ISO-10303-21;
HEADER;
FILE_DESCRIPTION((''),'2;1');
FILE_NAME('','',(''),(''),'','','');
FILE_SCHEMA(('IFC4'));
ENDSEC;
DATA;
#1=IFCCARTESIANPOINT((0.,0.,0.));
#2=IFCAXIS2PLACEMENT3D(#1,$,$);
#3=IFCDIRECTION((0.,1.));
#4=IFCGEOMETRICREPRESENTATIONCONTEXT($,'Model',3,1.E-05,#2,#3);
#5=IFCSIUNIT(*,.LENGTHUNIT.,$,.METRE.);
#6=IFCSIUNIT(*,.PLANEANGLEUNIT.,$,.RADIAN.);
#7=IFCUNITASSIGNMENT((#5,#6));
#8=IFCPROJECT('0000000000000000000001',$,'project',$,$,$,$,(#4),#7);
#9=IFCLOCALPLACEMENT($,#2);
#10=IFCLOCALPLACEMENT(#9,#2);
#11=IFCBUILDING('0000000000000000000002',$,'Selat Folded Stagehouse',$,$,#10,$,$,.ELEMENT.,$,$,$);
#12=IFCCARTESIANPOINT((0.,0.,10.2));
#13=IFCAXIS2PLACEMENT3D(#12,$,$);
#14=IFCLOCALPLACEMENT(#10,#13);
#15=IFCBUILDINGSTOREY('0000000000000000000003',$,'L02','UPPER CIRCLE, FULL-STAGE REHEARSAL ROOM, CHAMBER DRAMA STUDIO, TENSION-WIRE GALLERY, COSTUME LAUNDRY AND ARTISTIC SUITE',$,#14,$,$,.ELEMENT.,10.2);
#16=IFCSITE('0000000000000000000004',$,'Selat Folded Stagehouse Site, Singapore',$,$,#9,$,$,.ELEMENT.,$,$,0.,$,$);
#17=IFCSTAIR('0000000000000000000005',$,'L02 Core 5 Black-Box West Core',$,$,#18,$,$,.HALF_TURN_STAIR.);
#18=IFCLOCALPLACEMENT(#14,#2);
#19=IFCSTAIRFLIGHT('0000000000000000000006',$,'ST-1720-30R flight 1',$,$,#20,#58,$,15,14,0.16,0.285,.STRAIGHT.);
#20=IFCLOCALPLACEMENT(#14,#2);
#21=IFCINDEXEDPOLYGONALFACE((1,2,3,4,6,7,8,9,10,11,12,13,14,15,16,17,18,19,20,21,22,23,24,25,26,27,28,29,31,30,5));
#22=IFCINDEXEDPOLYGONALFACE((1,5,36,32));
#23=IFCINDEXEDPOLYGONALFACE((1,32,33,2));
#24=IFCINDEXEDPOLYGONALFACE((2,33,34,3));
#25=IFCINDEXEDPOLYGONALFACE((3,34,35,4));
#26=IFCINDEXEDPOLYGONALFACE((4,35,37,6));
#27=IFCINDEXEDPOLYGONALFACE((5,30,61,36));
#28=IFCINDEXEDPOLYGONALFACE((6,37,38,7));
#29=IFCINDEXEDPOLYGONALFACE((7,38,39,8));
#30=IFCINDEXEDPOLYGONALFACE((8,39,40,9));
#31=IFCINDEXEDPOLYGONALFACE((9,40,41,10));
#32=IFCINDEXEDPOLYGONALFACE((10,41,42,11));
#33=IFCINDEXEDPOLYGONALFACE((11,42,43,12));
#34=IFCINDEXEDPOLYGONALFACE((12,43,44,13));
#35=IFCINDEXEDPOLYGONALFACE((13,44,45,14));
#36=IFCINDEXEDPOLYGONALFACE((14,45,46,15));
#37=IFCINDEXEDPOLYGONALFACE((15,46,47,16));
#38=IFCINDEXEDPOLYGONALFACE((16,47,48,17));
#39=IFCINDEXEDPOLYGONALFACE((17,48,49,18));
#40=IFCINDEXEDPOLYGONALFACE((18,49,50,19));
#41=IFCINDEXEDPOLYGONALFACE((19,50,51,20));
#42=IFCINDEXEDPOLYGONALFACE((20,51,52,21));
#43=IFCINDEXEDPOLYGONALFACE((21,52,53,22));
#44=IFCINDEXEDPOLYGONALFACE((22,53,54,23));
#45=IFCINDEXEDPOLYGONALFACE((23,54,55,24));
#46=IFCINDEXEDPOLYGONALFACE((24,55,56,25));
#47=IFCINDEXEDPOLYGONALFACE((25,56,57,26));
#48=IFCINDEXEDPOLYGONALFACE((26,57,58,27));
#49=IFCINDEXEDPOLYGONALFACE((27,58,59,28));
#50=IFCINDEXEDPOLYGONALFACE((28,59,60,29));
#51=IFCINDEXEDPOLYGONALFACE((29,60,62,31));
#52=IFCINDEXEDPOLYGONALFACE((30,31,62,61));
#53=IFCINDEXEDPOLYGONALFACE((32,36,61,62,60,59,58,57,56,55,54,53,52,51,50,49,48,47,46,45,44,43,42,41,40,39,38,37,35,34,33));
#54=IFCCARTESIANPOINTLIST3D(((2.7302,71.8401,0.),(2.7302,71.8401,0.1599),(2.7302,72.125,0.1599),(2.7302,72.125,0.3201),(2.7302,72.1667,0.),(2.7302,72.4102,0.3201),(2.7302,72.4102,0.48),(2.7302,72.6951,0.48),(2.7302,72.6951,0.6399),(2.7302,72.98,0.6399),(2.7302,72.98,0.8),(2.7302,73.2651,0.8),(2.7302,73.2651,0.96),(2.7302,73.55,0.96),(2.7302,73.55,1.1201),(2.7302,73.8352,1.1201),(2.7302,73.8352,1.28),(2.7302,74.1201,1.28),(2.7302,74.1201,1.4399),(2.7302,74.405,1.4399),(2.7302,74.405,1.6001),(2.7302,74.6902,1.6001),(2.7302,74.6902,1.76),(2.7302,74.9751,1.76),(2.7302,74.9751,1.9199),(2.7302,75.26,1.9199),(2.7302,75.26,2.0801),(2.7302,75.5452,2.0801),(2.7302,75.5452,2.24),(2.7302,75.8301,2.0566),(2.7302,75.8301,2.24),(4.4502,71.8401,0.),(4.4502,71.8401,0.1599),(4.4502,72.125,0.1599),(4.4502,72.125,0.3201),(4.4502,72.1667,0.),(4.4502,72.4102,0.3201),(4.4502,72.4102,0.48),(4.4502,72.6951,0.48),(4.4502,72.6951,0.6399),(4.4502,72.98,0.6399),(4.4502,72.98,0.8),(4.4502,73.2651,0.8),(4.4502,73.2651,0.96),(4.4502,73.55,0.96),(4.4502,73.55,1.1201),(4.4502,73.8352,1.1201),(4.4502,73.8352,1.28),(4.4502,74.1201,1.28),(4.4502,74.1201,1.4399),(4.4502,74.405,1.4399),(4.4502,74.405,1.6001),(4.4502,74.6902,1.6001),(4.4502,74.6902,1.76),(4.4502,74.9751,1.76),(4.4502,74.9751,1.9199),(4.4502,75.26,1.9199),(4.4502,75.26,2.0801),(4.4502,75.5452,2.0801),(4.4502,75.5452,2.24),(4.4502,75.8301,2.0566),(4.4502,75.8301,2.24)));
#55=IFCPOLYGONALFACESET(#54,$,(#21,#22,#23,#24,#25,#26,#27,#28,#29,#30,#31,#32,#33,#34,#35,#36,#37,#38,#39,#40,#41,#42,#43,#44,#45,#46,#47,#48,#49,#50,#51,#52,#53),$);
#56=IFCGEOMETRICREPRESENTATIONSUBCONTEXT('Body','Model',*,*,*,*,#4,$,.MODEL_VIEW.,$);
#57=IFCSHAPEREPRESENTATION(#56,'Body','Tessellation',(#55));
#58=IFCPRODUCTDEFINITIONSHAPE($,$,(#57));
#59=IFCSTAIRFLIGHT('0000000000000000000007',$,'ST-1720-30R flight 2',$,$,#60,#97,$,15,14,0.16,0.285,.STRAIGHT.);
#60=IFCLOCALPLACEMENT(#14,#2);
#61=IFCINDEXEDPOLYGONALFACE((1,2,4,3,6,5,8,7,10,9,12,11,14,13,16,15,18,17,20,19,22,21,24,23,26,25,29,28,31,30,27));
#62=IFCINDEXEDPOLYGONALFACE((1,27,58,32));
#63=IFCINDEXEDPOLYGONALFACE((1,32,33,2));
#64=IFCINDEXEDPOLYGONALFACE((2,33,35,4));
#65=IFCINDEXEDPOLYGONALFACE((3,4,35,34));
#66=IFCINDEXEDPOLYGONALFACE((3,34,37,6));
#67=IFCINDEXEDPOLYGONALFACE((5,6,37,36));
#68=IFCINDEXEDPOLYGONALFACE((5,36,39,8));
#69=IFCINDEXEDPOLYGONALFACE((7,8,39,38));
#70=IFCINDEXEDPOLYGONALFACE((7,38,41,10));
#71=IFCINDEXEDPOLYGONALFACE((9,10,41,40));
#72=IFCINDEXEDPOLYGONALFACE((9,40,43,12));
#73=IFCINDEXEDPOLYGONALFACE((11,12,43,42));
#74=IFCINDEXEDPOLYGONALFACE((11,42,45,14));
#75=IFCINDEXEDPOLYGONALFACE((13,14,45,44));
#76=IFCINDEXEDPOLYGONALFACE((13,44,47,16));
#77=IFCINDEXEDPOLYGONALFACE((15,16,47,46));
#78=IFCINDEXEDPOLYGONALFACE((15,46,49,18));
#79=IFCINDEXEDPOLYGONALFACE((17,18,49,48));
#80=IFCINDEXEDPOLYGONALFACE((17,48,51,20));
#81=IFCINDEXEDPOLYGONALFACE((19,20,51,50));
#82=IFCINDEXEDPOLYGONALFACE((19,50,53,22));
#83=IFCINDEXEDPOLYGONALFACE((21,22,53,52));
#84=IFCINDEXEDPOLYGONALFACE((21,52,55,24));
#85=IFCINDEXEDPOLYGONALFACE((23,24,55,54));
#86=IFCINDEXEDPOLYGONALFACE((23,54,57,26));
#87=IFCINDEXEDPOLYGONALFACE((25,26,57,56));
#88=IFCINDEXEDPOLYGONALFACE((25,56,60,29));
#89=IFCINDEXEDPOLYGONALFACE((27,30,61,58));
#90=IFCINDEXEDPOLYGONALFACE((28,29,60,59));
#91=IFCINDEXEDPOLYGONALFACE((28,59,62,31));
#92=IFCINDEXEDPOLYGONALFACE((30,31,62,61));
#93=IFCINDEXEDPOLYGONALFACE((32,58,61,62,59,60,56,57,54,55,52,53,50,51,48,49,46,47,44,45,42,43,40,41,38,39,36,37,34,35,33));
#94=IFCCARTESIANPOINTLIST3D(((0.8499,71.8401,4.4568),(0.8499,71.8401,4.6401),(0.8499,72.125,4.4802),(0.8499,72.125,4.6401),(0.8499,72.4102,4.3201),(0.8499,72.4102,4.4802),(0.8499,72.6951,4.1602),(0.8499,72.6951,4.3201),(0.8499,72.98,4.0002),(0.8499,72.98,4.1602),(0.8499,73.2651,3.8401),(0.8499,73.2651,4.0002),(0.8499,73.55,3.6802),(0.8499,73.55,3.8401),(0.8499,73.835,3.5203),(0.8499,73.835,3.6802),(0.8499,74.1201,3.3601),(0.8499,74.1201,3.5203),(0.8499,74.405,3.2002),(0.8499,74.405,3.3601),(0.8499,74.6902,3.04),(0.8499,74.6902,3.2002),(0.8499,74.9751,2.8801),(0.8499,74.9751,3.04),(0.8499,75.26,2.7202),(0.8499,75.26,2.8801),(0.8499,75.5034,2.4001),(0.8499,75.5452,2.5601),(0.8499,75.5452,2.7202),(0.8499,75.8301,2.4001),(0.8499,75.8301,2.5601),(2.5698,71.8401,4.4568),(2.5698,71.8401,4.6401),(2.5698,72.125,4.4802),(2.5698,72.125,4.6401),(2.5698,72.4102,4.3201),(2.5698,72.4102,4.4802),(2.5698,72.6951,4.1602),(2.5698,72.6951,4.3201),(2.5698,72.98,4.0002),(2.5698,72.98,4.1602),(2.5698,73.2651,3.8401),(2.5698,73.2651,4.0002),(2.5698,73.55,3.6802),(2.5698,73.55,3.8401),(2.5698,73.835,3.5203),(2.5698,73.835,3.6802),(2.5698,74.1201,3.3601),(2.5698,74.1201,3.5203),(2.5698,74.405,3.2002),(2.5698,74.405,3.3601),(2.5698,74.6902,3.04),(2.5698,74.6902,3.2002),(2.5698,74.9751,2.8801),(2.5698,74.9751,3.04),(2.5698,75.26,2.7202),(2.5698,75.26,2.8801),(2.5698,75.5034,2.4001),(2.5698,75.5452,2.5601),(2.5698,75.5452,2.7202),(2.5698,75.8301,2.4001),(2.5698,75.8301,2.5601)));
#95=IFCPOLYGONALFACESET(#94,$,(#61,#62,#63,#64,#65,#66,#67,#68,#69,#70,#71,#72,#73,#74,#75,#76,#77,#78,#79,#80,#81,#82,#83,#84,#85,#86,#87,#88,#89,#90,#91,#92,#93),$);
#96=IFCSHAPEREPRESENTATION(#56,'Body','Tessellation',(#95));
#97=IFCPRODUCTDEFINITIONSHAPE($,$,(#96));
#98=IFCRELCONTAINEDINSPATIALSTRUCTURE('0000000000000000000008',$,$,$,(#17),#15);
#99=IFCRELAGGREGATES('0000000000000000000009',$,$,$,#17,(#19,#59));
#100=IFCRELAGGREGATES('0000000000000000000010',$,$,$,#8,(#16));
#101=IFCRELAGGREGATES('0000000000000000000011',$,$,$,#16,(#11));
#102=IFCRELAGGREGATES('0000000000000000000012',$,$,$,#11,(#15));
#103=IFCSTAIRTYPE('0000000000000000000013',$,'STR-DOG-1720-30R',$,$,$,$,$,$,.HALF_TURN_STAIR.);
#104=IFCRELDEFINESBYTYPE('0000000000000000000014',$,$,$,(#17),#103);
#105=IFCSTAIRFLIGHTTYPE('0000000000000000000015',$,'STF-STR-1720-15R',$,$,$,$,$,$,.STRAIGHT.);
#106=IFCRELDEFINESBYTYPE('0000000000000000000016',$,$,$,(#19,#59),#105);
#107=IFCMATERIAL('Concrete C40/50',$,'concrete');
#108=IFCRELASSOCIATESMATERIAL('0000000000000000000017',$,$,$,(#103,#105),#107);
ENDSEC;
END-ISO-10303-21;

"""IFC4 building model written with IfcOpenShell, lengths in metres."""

from ifc_helpers import new_model, si_unit, direction, frame, origin, place, context, subcontext, project, spatial, polyline, outline, extrude, material, type_object, element, aggregate, save


model = new_model("IFC4")

# Units and contexts
model_context = context("Model", 3, precision=1e-05, world=origin(), true_north=direction((0.0, 1.0)))
body_context = subcontext(model_context, "Body", "Model", "MODEL_VIEW")
ifc_project = project(units=[si_unit("LENGTHUNIT", "METRE"), si_unit("PLANEANGLEUNIT", "RADIAN")], contexts=[model_context])

# Site, building, storey
site_placement = place(None, origin())
site = spatial("IfcSite", under=ifc_project, at=site_placement, Name="Selat Folded Stagehouse Site, Singapore", CompositionType="ELEMENT", RefElevation=0.0)
building_placement = place(site_placement, origin())
building = spatial("IfcBuilding", under=site, at=building_placement, Name="Selat Folded Stagehouse", CompositionType="ELEMENT")
storey_placement = place(building_placement, frame((0.0, 0.0, 10.2)))
storey = spatial("IfcBuildingStorey", under=building, at=storey_placement, Name="L02", Description="UPPER CIRCLE, FULL-STAGE REHEARSAL ROOM, CHAMBER DRAMA STUDIO, TENSION-WIRE GALLERY, COSTUME LAUNDRY AND ARTISTIC SUITE", CompositionType="ELEMENT", Elevation=10.2)

# Shared definitions
ifc_material_1 = material(Name="Concrete C40/50", Category="concrete")

# Stair, stair flights
stair_type = type_object("IfcStairType", Name="STR-DOG-1720-30R", PredefinedType="HALF_TURN_STAIR", material=ifc_material_1)
stair_placement = place(storey_placement, origin())
stair = element("IfcStair", 1, at=stair_placement, inside=storey, type_object=stair_type, Name="L02 Core 5 Black-Box West Core", PredefinedType="HALF_TURN_STAIR")
stair_flight_type = type_object("IfcStairFlightType", Name="STF-STR-1720-15R", PredefinedType="STRAIGHT", material=ifc_material_1)
stair_flight_1_placement = place(storey_placement, frame((3.5901, 71.8401, 0.0), z_axis=(0.0, 0.0, 1.0), x_axis=(0.0, 1.0, 0.0)))
stair_flight_1 = element("IfcStairFlight", 2, at=stair_flight_1_placement, type_object=stair_flight_type, Name="ST-1720-30R flight 1", NumberOfRisers=15, NumberOfTreads=14, PredefinedType="STRAIGHT", RiserHeight=0.16, TreadLength=0.285, context=body_context, shape_type="SweptSolid", body=[
    extrude(outline(polyline([(0.0, 0.0), (0.0, 0.1599), (0.2849, 0.1599), (0.2849, 0.3201), (0.5701, 0.3201), (0.5701, 0.48), (0.855, 0.48), (0.855, 0.6399), (1.1399, 0.6399), (1.1399, 0.8), (1.425, 0.8), (1.425, 0.96), (1.71, 0.96), (1.71, 1.1201), (1.9951, 1.1201), (1.9951, 1.28), (2.28, 1.28), (2.28, 1.4399), (2.5649, 1.4399), (2.5649, 1.6001), (2.8501, 1.6001), (2.8501, 1.76), (3.135, 1.76), (3.135, 1.9199), (3.4199, 1.9199), (3.4199, 2.0801), (3.7051, 2.0801), (3.7051, 2.24), (3.99, 2.24), (3.99, 2.3999), (3.99, 2.0566), (0.3267, 0.0), (0.0, 0.0)])), frame((0.0, 0.8599, 0.0), z_axis=(0.0, -1.0, 0.0), x_axis=(1.0, 0.0, 0.0)), (0.0, 0.0, 1.0), 1.72),
])
stair_flight_2_placement = place(storey_placement, frame((1.71, 75.8301, 2.4001), z_axis=(0.0, 0.0, 1.0), x_axis=(0.0, -1.0, 0.0)))
stair_flight_2 = element("IfcStairFlight", 3, at=stair_flight_2_placement, type_object=stair_flight_type, Name="ST-1720-30R flight 2", NumberOfRisers=15, NumberOfTreads=14, PredefinedType="STRAIGHT", RiserHeight=0.16, TreadLength=0.285, context=body_context, shape_type="SweptSolid", body=[
    extrude(outline(polyline([(0.0, 0.0), (0.0, 0.1599), (0.2849, 0.1599), (0.2849, 0.3201), (0.5701, 0.3201), (0.5701, 0.48), (0.855, 0.48), (0.855, 0.6399), (1.1399, 0.6399), (1.1399, 0.8), (1.425, 0.8), (1.425, 0.96), (1.71, 0.96), (1.71, 1.1201), (1.9951, 1.1201), (1.9951, 1.28), (2.28, 1.28), (2.28, 1.4399), (2.5649, 1.4399), (2.5649, 1.6001), (2.8501, 1.6001), (2.8501, 1.76), (3.135, 1.76), (3.135, 1.9199), (3.4199, 1.9199), (3.4199, 2.0801), (3.7051, 2.0801), (3.7051, 2.24), (3.99, 2.24), (3.99, 2.3999), (3.99, 2.0566), (0.3267, 0.0), (0.0, 0.0)])), frame((0.0, 0.8599, 0.0), z_axis=(0.0, -1.0, 0.0), x_axis=(1.0, 0.0, 0.0)), (0.0, 0.0, 1.0), 1.72),
])
aggregate(stair, [stair_flight_1, stair_flight_2])

save(model, "model.ifc")
